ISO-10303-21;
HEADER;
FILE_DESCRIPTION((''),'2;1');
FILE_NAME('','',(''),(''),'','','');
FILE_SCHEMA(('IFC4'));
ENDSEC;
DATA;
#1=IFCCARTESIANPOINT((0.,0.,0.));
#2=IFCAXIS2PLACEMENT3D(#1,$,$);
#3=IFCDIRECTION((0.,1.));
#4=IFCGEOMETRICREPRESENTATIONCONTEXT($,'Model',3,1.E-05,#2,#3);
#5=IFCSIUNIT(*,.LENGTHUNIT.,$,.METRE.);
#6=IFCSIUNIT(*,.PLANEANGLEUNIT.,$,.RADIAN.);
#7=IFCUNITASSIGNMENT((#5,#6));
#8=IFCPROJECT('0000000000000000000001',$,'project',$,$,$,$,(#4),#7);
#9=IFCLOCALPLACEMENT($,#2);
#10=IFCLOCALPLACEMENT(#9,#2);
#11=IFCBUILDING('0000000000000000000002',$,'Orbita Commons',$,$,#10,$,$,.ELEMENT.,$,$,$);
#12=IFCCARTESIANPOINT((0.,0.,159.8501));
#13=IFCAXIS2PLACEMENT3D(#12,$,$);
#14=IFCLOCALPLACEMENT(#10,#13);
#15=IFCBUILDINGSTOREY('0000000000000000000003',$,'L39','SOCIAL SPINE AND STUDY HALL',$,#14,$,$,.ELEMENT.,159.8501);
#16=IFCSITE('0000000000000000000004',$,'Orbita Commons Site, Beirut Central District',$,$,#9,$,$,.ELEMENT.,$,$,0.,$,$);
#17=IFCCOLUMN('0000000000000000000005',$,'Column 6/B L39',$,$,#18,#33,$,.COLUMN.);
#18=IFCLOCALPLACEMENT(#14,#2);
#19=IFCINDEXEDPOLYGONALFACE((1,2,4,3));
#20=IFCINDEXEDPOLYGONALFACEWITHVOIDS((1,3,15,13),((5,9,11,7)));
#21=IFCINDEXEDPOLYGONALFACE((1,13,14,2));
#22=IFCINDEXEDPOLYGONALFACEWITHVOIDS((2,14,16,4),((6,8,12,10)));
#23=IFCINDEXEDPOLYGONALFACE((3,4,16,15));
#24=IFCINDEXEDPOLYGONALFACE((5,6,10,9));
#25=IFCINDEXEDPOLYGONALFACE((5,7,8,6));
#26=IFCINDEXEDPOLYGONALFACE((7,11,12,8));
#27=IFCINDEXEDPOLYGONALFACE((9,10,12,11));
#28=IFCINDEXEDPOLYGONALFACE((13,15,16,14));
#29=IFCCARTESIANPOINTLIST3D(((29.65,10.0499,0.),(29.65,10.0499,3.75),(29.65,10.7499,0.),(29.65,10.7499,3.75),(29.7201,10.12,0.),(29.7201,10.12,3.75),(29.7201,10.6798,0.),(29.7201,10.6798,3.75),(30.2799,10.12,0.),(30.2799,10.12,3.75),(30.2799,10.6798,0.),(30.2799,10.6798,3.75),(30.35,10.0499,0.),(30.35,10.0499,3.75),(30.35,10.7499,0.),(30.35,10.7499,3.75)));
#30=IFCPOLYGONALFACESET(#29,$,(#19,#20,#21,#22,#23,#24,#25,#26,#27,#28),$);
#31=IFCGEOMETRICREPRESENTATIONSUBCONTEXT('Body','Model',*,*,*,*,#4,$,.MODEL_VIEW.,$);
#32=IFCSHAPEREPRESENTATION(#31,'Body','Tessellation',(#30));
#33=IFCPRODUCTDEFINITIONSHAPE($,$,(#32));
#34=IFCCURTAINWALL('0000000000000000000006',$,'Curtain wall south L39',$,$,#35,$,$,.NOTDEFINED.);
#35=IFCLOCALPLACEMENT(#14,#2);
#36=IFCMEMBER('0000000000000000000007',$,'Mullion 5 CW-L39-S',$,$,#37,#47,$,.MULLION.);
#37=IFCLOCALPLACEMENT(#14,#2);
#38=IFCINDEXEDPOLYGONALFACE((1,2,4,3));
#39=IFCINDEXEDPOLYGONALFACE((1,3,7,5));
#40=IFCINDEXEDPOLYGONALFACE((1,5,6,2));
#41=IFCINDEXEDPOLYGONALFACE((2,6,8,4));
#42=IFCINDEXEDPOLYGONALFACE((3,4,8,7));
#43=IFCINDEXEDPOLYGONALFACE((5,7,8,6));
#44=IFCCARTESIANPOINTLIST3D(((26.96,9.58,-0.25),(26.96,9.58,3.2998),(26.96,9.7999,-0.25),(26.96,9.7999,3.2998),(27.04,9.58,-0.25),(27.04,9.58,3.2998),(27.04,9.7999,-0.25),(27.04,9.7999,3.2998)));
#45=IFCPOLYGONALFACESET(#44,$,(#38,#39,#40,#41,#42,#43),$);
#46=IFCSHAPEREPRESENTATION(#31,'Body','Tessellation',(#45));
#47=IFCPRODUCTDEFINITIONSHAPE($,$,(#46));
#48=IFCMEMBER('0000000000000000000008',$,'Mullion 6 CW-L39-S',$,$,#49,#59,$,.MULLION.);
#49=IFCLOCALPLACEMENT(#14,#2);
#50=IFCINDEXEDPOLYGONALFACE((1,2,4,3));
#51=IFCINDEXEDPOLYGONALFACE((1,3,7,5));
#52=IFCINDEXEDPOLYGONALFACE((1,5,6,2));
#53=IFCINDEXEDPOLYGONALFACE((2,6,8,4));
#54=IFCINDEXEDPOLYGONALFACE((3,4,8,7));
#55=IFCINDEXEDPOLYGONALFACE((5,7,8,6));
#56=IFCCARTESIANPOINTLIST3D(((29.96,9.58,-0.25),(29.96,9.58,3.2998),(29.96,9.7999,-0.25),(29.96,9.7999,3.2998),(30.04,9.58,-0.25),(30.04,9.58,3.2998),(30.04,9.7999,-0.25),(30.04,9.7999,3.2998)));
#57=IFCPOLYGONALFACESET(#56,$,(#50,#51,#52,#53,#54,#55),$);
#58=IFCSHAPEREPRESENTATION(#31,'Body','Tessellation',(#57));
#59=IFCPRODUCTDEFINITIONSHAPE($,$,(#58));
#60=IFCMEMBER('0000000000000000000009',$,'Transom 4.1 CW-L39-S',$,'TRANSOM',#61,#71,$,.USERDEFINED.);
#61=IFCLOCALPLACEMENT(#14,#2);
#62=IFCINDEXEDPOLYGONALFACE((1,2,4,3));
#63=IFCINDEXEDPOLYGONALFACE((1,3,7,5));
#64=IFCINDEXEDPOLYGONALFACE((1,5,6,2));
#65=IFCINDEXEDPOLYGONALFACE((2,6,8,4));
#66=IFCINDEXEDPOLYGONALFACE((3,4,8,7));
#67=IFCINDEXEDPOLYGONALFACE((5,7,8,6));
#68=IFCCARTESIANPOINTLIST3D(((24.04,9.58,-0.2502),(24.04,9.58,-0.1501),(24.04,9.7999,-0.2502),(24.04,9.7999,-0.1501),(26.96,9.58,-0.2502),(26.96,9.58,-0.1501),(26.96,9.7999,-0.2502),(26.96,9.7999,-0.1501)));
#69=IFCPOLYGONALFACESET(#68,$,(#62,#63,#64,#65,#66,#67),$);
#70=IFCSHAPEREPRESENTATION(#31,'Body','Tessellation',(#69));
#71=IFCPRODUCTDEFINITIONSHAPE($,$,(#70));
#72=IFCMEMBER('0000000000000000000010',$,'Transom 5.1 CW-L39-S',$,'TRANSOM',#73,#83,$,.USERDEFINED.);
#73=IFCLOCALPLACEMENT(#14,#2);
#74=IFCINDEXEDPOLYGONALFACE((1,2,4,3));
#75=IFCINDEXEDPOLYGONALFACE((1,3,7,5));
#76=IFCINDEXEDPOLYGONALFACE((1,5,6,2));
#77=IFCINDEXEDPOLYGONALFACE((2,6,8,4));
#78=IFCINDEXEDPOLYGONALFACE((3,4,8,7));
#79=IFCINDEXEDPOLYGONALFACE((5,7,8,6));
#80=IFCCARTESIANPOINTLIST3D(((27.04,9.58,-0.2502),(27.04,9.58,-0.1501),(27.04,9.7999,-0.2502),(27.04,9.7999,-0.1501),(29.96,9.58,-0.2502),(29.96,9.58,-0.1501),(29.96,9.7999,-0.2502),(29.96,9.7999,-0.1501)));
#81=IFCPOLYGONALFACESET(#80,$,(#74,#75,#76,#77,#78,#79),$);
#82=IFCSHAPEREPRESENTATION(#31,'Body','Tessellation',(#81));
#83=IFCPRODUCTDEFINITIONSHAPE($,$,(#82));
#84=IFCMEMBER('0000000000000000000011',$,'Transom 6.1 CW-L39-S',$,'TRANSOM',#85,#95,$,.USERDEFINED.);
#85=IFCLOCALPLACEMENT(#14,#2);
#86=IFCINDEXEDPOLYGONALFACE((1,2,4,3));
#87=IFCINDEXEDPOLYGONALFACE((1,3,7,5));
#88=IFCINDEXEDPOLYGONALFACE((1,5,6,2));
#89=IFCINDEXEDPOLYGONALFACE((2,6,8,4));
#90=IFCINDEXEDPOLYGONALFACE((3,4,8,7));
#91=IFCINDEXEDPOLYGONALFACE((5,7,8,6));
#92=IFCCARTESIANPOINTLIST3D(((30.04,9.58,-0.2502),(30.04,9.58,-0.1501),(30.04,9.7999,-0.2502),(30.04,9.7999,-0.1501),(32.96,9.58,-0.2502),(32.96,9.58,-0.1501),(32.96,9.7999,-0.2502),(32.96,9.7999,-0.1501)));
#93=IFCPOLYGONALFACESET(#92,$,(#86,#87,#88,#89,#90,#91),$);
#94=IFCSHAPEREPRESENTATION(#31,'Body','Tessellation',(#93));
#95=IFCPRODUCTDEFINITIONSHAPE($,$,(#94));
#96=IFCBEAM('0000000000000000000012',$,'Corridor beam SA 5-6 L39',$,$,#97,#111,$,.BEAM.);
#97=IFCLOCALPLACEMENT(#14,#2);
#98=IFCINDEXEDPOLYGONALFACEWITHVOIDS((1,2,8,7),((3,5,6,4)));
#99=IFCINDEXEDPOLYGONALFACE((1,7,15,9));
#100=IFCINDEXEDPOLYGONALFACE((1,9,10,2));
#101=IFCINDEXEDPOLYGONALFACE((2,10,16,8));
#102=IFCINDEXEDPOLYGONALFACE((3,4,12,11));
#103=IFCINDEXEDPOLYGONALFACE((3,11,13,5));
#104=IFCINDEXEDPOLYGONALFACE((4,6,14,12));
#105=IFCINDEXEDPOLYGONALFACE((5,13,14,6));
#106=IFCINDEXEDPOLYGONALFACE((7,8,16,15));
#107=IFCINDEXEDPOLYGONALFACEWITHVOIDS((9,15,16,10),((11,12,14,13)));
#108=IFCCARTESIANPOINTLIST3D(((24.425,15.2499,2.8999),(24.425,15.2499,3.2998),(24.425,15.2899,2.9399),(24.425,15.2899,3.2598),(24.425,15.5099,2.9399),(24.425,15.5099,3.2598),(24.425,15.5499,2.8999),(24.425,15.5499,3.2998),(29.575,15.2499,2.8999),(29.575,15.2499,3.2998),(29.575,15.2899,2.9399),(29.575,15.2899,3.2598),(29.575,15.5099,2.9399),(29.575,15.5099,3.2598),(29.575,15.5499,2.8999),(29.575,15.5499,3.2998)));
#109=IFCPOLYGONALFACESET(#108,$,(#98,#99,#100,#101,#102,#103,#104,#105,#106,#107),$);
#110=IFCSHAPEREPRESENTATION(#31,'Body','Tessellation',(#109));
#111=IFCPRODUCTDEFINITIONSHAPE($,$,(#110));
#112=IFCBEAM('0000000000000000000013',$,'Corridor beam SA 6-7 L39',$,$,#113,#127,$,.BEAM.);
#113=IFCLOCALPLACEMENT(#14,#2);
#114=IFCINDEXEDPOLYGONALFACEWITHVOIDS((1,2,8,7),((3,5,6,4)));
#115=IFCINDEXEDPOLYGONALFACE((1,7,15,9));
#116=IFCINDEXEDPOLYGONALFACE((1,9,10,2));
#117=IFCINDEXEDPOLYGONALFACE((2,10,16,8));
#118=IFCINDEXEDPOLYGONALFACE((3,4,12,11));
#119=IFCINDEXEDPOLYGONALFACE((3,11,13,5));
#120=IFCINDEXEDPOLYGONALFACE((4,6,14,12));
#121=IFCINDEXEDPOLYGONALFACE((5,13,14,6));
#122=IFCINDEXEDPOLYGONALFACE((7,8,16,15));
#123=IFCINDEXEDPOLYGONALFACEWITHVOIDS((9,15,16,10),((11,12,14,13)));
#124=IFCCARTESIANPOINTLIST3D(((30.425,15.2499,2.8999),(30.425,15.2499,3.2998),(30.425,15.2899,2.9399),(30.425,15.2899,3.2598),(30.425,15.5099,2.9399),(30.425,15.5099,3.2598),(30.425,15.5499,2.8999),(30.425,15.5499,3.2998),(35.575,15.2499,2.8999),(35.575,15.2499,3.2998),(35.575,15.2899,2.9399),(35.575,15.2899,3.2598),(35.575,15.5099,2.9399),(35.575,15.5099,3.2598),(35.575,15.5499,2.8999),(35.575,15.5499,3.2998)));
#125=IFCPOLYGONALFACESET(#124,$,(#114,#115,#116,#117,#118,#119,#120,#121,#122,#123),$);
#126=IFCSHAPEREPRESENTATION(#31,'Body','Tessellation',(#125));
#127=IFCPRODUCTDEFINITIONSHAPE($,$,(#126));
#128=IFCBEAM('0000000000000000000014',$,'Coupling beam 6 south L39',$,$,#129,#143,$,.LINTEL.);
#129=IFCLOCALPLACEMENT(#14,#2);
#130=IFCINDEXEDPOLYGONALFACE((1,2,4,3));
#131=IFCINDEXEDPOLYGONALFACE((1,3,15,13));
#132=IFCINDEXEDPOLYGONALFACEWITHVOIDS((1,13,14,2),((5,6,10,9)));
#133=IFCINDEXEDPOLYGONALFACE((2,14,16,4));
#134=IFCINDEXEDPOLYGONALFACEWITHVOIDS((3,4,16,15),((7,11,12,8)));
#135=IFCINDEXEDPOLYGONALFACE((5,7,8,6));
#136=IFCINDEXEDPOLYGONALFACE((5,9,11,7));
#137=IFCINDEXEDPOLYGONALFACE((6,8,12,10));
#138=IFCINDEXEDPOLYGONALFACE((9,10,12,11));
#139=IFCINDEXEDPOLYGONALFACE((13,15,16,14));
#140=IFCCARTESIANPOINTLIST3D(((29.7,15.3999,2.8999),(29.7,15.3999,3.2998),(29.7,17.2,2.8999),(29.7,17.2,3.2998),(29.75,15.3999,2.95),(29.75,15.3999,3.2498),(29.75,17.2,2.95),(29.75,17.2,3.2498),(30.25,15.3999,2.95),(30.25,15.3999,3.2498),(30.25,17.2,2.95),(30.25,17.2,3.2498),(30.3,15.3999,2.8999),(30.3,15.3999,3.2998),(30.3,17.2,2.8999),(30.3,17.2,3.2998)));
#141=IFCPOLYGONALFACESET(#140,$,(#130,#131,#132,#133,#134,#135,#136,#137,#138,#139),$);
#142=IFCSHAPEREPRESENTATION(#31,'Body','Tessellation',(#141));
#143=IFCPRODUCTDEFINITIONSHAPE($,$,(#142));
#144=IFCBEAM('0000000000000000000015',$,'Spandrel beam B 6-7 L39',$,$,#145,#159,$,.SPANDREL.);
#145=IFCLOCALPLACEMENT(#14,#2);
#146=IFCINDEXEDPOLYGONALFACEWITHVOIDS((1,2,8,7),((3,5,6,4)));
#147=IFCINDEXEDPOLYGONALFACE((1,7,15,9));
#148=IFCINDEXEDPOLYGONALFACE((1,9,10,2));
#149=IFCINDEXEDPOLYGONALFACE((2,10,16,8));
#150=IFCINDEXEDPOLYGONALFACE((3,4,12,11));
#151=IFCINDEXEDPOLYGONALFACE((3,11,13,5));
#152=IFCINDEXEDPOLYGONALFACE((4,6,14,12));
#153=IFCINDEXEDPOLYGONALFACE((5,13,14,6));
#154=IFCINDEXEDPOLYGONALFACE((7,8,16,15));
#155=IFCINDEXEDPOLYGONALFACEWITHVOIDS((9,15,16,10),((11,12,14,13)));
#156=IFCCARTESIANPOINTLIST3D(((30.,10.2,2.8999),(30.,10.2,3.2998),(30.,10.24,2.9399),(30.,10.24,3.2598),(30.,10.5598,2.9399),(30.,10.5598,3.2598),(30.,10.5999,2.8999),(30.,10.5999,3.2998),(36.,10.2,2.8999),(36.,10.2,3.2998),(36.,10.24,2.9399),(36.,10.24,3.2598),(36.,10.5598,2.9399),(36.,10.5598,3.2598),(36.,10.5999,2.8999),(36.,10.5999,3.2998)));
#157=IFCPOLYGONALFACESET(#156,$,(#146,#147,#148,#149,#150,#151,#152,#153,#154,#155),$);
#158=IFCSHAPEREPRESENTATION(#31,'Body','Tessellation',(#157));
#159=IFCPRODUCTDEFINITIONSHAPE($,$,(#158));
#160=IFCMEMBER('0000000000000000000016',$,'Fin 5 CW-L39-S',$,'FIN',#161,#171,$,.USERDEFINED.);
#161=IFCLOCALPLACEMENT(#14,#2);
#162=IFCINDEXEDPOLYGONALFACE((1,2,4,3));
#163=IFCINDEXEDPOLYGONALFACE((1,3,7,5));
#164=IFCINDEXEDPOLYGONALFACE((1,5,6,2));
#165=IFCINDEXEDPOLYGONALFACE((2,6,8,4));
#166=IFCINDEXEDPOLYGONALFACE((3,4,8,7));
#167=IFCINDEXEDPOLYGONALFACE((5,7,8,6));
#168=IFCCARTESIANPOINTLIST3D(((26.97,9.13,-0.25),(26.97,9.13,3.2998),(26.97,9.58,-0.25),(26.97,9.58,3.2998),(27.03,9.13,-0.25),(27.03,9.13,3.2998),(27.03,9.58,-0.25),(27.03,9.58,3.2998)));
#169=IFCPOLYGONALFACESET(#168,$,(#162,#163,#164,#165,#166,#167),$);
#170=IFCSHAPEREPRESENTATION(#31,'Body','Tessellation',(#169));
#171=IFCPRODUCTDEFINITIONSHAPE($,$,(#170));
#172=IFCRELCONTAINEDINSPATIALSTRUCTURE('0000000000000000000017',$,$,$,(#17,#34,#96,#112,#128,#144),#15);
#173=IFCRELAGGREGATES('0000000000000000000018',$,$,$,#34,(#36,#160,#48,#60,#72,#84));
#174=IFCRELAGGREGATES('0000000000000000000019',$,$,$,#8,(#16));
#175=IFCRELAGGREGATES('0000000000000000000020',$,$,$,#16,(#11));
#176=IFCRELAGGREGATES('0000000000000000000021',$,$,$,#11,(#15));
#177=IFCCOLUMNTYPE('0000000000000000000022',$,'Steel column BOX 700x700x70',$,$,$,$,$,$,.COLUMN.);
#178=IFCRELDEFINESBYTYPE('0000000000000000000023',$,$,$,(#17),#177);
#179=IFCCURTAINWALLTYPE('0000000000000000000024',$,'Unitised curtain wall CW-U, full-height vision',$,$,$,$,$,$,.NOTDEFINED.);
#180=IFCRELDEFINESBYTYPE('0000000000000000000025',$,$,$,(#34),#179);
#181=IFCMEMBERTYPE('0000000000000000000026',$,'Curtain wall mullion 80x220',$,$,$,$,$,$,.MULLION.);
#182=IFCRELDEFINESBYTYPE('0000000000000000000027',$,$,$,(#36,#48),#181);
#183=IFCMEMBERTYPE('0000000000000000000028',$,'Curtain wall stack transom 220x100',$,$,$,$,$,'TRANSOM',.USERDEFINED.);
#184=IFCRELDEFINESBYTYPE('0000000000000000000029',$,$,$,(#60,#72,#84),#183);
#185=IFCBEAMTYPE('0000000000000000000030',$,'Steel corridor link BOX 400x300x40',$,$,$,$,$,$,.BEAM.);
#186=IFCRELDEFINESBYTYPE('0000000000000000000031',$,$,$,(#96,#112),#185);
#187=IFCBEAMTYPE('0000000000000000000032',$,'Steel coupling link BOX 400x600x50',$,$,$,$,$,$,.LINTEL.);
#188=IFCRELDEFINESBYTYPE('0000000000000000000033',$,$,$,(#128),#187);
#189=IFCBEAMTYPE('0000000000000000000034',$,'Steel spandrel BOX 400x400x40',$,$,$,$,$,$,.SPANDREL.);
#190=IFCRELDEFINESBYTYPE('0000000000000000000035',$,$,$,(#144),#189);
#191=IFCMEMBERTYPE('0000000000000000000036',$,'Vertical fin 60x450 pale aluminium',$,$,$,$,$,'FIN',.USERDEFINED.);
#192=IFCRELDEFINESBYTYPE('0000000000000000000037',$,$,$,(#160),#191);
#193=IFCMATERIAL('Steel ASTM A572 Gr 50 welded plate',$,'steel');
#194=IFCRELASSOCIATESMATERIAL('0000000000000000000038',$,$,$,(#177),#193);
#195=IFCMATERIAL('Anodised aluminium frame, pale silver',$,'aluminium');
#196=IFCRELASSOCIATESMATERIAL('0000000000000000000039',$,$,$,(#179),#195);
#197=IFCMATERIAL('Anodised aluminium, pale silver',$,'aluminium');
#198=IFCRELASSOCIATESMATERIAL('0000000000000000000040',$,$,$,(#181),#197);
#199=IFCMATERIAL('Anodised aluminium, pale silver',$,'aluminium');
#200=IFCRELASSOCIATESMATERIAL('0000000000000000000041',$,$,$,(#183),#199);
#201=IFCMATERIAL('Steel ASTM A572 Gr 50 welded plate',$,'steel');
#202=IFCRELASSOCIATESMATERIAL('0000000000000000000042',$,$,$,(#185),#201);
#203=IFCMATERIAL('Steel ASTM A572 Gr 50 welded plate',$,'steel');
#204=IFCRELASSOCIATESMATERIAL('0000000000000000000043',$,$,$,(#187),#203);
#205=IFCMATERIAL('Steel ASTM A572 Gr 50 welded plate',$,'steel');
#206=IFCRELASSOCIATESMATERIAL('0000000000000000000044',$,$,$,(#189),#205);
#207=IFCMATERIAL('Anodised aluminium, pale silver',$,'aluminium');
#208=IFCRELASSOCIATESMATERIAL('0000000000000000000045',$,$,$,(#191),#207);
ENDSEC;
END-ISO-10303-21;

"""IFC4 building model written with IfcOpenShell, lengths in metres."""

from ifc_helpers import new_model, si_unit, direction, frame, origin, origin_2d, place, context, subcontext, project, spatial, rectangle, hollow_rectangle, extrude, material, material_profile, profile_set, type_object, element, aggregate, save


model = new_model("IFC4")

# Units and contexts
model_context = context("Model", 3, precision=1e-05, world=origin(), true_north=direction((0.0, 1.0)))
body_context = subcontext(model_context, "Body", "Model", "MODEL_VIEW")
ifc_project = project(units=[si_unit("LENGTHUNIT", "METRE"), si_unit("PLANEANGLEUNIT", "RADIAN")], contexts=[model_context])

# Site, building, storey
site_placement = place(None, origin())
site = spatial("IfcSite", under=ifc_project, at=site_placement, Name="Orbita Commons Site, Beirut Central District", CompositionType="ELEMENT", RefElevation=0.0)
building_placement = place(site_placement, origin())
building = spatial("IfcBuilding", under=site, at=building_placement, Name="Orbita Commons", CompositionType="ELEMENT")
storey_placement = place(building_placement, frame((0.0, 0.0, 159.8501)))
storey = spatial("IfcBuildingStorey", under=building, at=storey_placement, Name="L39", Description="SOCIAL SPINE AND STUDY HALL", CompositionType="ELEMENT", Elevation=159.8501)

# Column
ifc_material_1 = material(Name="Steel ASTM A572 Gr 50 welded plate", Category="steel")
ifc_material_profile_1 = material_profile(ifc_material_1, hollow_rectangle(XDim=0.7, YDim=0.7, WallThickness=0.0701, at=origin_2d()), Name="BOX 700x700x70")
ifc_profile_set_1 = profile_set([ifc_material_profile_1], Name="Steel ASTM A572 Gr 50 welded plate")
column_type = type_object("IfcColumnType", Name="Steel column BOX 700x700x70", PredefinedType="COLUMN", material=ifc_profile_set_1)
column_placement = place(storey_placement, frame((30.0, 10.3999, 0.0), z_axis=(0.0, 0.0, 1.0), x_axis=(1.0, 0.0, 0.0)))
element("IfcColumn", 1, at=column_placement, inside=storey, type_object=column_type, Name="Column 6/B L39", PredefinedType="COLUMN", context=body_context, shape_type="SweptSolid", body=[
    extrude(hollow_rectangle(XDim=0.7, YDim=0.7, WallThickness=0.0701, at=origin_2d()), origin(), (0.0, 0.0, 1.0), 3.75),
])

# Curtain wall, members
ifc_material_2 = material(Name="Anodised aluminium frame, pale silver", Category="aluminium")
curtain_wall_type = type_object("IfcCurtainWallType", Name="Unitised curtain wall CW-U, full-height vision", PredefinedType="NOTDEFINED", material=ifc_material_2)
curtain_wall_placement = place(storey_placement, origin())
curtain_wall = element("IfcCurtainWall", 2, at=curtain_wall_placement, inside=storey, type_object=curtain_wall_type, Name="Curtain wall south L39", PredefinedType="NOTDEFINED")
ifc_material_3 = material(Name="Anodised aluminium, pale silver", Category="aluminium")
ifc_material_profile_2 = material_profile(ifc_material_3, rectangle(XDim=0.0801, YDim=0.22, at=origin_2d()), Name="AL 80x220")
ifc_profile_set_2 = profile_set([ifc_material_profile_2], Name="Anodised aluminium, pale silver")
member_type_1 = type_object("IfcMemberType", Name="Curtain wall mullion 80x220", PredefinedType="MULLION", material=ifc_profile_set_2)
member_1_placement = place(storey_placement, frame((27.0, 9.6899, -0.25), z_axis=(0.0, 0.0, 1.0), x_axis=(1.0, 0.0, 0.0)))
member_1 = element("IfcMember", 3, at=member_1_placement, type_object=member_type_1, Name="Mullion 5 CW-L39-S", PredefinedType="MULLION", context=body_context, shape_type="SweptSolid", body=[
    extrude(rectangle(XDim=0.0801, YDim=0.22, at=origin_2d()), origin(), (0.0, 0.0, 1.0), 3.5498),
])
member_2_placement = place(storey_placement, frame((30.0, 9.6899, -0.25), z_axis=(0.0, 0.0, 1.0), x_axis=(1.0, 0.0, 0.0)))
member_2 = element("IfcMember", 4, at=member_2_placement, type_object=member_type_1, Name="Mullion 6 CW-L39-S", PredefinedType="MULLION", context=body_context, shape_type="SweptSolid", body=[
    extrude(rectangle(XDim=0.0801, YDim=0.22, at=origin_2d()), origin(), (0.0, 0.0, 1.0), 3.5498),
])
ifc_material_4 = material(Name="Anodised aluminium, pale silver", Category="aluminium")
ifc_material_profile_3 = material_profile(ifc_material_4, rectangle(XDim=0.22, YDim=0.1001, at=origin_2d()), Name="AL 220x100")
ifc_profile_set_3 = profile_set([ifc_material_profile_3], Name="Anodised aluminium, pale silver")
member_type_2 = type_object("IfcMemberType", Name="Curtain wall stack transom 220x100", ElementType="TRANSOM", PredefinedType="USERDEFINED", material=ifc_profile_set_3)
member_3_placement = place(storey_placement, frame((24.04, 9.6899, -0.2002), z_axis=(1.0, 0.0, 0.0), x_axis=(0.0, 1.0, 0.0)))
member_3 = element("IfcMember", 5, at=member_3_placement, type_object=member_type_2, Name="Transom 4.1 CW-L39-S", ObjectType="TRANSOM", PredefinedType="USERDEFINED", context=body_context, shape_type="SweptSolid", body=[
    extrude(rectangle(XDim=0.22, YDim=0.1001, at=origin_2d()), origin(), (0.0, 0.0, 1.0), 2.9199),
])
member_4_placement = place(storey_placement, frame((27.04, 9.6899, -0.2002), z_axis=(1.0, 0.0, 0.0), x_axis=(0.0, 1.0, 0.0)))
member_4 = element("IfcMember", 6, at=member_4_placement, type_object=member_type_2, Name="Transom 5.1 CW-L39-S", ObjectType="TRANSOM", PredefinedType="USERDEFINED", context=body_context, shape_type="SweptSolid", body=[
    extrude(rectangle(XDim=0.22, YDim=0.1001, at=origin_2d()), origin(), (0.0, 0.0, 1.0), 2.9199),
])
member_5_placement = place(storey_placement, frame((30.04, 9.6899, -0.2002), z_axis=(1.0, 0.0, 0.0), x_axis=(0.0, 1.0, 0.0)))
member_5 = element("IfcMember", 7, at=member_5_placement, type_object=member_type_2, Name="Transom 6.1 CW-L39-S", ObjectType="TRANSOM", PredefinedType="USERDEFINED", context=body_context, shape_type="SweptSolid", body=[
    extrude(rectangle(XDim=0.22, YDim=0.1001, at=origin_2d()), origin(), (0.0, 0.0, 1.0), 2.9199),
])

# Beams
ifc_material_5 = material(Name="Steel ASTM A572 Gr 50 welded plate", Category="steel")
ifc_material_profile_4 = material_profile(ifc_material_5, hollow_rectangle(XDim=0.3, YDim=0.3999, WallThickness=0.04, at=origin_2d()), Name="BOX 400x300x40")
ifc_profile_set_4 = profile_set([ifc_material_profile_4], Name="Steel ASTM A572 Gr 50 welded plate")
beam_type_1 = type_object("IfcBeamType", Name="Steel corridor link BOX 400x300x40", PredefinedType="BEAM", material=ifc_profile_set_4)
for number, where, z_axis, x_axis, name in (
    (8, (24.425, 15.3999, 3.0999), (1.0, 0.0, 0.0), (0.0, 1.0, 0.0), "Corridor beam SA 5-6 L39"),
    (9, (30.425, 15.3999, 3.0999), (1.0, 0.0, 0.0), (0.0, 1.0, 0.0), "Corridor beam SA 6-7 L39"),
):
    element("IfcBeam", number, at=place(storey_placement, frame(where, z_axis=z_axis, x_axis=x_axis)), inside=storey, type_object=beam_type_1, Name=name, PredefinedType="BEAM", context=body_context, shape_type="SweptSolid", body=[
        extrude(hollow_rectangle(XDim=0.3, YDim=0.3999, WallThickness=0.04, at=origin_2d()), origin(), (0.0, 0.0, 1.0), 5.1499),
    ])
ifc_material_6 = material(Name="Steel ASTM A572 Gr 50 welded plate", Category="steel")
ifc_material_profile_5 = material_profile(ifc_material_6, hollow_rectangle(XDim=0.6001, YDim=0.3999, WallThickness=0.05, at=origin_2d()), Name="BOX 400x600x50")
ifc_profile_set_5 = profile_set([ifc_material_profile_5], Name="Steel ASTM A572 Gr 50 welded plate")
beam_type_2 = type_object("IfcBeamType", Name="Steel coupling link BOX 400x600x50", PredefinedType="LINTEL", material=ifc_profile_set_5)
beam_1_placement = place(storey_placement, frame((30.0, 15.3999, 3.0999), z_axis=(0.0, 1.0, 0.0), x_axis=(-1.0, 0.0, 0.0)))
element("IfcBeam", 10, at=beam_1_placement, inside=storey, type_object=beam_type_2, Name="Coupling beam 6 south L39", PredefinedType="LINTEL", context=body_context, shape_type="SweptSolid", body=[
    extrude(hollow_rectangle(XDim=0.6001, YDim=0.3999, WallThickness=0.05, at=origin_2d()), origin(), (0.0, 0.0, 1.0), 1.8),
])
ifc_material_7 = material(Name="Steel ASTM A572 Gr 50 welded plate", Category="steel")
ifc_material_profile_6 = material_profile(ifc_material_7, hollow_rectangle(XDim=0.3999, YDim=0.3999, WallThickness=0.04, at=origin_2d()), Name="BOX 400x400x40")
ifc_profile_set_6 = profile_set([ifc_material_profile_6], Name="Steel ASTM A572 Gr 50 welded plate")
beam_type_3 = type_object("IfcBeamType", Name="Steel spandrel BOX 400x400x40", PredefinedType="SPANDREL", material=ifc_profile_set_6)
beam_2_placement = place(storey_placement, frame((30.0, 10.3999, 3.0999), z_axis=(1.0, 0.0, 0.0), x_axis=(0.0, 1.0, 0.0)))
element("IfcBeam", 11, at=beam_2_placement, inside=storey, type_object=beam_type_3, Name="Spandrel beam B 6-7 L39", PredefinedType="SPANDREL", context=body_context, shape_type="SweptSolid", body=[
    extrude(hollow_rectangle(XDim=0.3999, YDim=0.3999, WallThickness=0.04, at=origin_2d()), origin(), (0.0, 0.0, 1.0), 6.0),
])

# Member
ifc_material_8 = material(Name="Anodised aluminium, pale silver", Category="aluminium")
ifc_material_profile_7 = material_profile(ifc_material_8, rectangle(XDim=0.0601, YDim=0.45, at=origin_2d()), Name="FIN 60x450")
ifc_profile_set_7 = profile_set([ifc_material_profile_7], Name="Anodised aluminium, pale silver")
member_type_3 = type_object("IfcMemberType", Name="Vertical fin 60x450 pale aluminium", ElementType="FIN", PredefinedType="USERDEFINED", material=ifc_profile_set_7)
member_6_placement = place(storey_placement, frame((27.0, 9.355, -0.25), z_axis=(0.0, 0.0, 1.0), x_axis=(1.0, 0.0, 0.0)))
member_6 = element("IfcMember", 12, at=member_6_placement, type_object=member_type_3, Name="Fin 5 CW-L39-S", ObjectType="FIN", PredefinedType="USERDEFINED", context=body_context, shape_type="SweptSolid", body=[
    extrude(rectangle(XDim=0.0601, YDim=0.45, at=origin_2d()), origin(), (0.0, 0.0, 1.0), 3.5498),
])

aggregate(curtain_wall, [member_1, member_6, member_2, member_3, member_4, member_5])

save(model, "model.ifc")
